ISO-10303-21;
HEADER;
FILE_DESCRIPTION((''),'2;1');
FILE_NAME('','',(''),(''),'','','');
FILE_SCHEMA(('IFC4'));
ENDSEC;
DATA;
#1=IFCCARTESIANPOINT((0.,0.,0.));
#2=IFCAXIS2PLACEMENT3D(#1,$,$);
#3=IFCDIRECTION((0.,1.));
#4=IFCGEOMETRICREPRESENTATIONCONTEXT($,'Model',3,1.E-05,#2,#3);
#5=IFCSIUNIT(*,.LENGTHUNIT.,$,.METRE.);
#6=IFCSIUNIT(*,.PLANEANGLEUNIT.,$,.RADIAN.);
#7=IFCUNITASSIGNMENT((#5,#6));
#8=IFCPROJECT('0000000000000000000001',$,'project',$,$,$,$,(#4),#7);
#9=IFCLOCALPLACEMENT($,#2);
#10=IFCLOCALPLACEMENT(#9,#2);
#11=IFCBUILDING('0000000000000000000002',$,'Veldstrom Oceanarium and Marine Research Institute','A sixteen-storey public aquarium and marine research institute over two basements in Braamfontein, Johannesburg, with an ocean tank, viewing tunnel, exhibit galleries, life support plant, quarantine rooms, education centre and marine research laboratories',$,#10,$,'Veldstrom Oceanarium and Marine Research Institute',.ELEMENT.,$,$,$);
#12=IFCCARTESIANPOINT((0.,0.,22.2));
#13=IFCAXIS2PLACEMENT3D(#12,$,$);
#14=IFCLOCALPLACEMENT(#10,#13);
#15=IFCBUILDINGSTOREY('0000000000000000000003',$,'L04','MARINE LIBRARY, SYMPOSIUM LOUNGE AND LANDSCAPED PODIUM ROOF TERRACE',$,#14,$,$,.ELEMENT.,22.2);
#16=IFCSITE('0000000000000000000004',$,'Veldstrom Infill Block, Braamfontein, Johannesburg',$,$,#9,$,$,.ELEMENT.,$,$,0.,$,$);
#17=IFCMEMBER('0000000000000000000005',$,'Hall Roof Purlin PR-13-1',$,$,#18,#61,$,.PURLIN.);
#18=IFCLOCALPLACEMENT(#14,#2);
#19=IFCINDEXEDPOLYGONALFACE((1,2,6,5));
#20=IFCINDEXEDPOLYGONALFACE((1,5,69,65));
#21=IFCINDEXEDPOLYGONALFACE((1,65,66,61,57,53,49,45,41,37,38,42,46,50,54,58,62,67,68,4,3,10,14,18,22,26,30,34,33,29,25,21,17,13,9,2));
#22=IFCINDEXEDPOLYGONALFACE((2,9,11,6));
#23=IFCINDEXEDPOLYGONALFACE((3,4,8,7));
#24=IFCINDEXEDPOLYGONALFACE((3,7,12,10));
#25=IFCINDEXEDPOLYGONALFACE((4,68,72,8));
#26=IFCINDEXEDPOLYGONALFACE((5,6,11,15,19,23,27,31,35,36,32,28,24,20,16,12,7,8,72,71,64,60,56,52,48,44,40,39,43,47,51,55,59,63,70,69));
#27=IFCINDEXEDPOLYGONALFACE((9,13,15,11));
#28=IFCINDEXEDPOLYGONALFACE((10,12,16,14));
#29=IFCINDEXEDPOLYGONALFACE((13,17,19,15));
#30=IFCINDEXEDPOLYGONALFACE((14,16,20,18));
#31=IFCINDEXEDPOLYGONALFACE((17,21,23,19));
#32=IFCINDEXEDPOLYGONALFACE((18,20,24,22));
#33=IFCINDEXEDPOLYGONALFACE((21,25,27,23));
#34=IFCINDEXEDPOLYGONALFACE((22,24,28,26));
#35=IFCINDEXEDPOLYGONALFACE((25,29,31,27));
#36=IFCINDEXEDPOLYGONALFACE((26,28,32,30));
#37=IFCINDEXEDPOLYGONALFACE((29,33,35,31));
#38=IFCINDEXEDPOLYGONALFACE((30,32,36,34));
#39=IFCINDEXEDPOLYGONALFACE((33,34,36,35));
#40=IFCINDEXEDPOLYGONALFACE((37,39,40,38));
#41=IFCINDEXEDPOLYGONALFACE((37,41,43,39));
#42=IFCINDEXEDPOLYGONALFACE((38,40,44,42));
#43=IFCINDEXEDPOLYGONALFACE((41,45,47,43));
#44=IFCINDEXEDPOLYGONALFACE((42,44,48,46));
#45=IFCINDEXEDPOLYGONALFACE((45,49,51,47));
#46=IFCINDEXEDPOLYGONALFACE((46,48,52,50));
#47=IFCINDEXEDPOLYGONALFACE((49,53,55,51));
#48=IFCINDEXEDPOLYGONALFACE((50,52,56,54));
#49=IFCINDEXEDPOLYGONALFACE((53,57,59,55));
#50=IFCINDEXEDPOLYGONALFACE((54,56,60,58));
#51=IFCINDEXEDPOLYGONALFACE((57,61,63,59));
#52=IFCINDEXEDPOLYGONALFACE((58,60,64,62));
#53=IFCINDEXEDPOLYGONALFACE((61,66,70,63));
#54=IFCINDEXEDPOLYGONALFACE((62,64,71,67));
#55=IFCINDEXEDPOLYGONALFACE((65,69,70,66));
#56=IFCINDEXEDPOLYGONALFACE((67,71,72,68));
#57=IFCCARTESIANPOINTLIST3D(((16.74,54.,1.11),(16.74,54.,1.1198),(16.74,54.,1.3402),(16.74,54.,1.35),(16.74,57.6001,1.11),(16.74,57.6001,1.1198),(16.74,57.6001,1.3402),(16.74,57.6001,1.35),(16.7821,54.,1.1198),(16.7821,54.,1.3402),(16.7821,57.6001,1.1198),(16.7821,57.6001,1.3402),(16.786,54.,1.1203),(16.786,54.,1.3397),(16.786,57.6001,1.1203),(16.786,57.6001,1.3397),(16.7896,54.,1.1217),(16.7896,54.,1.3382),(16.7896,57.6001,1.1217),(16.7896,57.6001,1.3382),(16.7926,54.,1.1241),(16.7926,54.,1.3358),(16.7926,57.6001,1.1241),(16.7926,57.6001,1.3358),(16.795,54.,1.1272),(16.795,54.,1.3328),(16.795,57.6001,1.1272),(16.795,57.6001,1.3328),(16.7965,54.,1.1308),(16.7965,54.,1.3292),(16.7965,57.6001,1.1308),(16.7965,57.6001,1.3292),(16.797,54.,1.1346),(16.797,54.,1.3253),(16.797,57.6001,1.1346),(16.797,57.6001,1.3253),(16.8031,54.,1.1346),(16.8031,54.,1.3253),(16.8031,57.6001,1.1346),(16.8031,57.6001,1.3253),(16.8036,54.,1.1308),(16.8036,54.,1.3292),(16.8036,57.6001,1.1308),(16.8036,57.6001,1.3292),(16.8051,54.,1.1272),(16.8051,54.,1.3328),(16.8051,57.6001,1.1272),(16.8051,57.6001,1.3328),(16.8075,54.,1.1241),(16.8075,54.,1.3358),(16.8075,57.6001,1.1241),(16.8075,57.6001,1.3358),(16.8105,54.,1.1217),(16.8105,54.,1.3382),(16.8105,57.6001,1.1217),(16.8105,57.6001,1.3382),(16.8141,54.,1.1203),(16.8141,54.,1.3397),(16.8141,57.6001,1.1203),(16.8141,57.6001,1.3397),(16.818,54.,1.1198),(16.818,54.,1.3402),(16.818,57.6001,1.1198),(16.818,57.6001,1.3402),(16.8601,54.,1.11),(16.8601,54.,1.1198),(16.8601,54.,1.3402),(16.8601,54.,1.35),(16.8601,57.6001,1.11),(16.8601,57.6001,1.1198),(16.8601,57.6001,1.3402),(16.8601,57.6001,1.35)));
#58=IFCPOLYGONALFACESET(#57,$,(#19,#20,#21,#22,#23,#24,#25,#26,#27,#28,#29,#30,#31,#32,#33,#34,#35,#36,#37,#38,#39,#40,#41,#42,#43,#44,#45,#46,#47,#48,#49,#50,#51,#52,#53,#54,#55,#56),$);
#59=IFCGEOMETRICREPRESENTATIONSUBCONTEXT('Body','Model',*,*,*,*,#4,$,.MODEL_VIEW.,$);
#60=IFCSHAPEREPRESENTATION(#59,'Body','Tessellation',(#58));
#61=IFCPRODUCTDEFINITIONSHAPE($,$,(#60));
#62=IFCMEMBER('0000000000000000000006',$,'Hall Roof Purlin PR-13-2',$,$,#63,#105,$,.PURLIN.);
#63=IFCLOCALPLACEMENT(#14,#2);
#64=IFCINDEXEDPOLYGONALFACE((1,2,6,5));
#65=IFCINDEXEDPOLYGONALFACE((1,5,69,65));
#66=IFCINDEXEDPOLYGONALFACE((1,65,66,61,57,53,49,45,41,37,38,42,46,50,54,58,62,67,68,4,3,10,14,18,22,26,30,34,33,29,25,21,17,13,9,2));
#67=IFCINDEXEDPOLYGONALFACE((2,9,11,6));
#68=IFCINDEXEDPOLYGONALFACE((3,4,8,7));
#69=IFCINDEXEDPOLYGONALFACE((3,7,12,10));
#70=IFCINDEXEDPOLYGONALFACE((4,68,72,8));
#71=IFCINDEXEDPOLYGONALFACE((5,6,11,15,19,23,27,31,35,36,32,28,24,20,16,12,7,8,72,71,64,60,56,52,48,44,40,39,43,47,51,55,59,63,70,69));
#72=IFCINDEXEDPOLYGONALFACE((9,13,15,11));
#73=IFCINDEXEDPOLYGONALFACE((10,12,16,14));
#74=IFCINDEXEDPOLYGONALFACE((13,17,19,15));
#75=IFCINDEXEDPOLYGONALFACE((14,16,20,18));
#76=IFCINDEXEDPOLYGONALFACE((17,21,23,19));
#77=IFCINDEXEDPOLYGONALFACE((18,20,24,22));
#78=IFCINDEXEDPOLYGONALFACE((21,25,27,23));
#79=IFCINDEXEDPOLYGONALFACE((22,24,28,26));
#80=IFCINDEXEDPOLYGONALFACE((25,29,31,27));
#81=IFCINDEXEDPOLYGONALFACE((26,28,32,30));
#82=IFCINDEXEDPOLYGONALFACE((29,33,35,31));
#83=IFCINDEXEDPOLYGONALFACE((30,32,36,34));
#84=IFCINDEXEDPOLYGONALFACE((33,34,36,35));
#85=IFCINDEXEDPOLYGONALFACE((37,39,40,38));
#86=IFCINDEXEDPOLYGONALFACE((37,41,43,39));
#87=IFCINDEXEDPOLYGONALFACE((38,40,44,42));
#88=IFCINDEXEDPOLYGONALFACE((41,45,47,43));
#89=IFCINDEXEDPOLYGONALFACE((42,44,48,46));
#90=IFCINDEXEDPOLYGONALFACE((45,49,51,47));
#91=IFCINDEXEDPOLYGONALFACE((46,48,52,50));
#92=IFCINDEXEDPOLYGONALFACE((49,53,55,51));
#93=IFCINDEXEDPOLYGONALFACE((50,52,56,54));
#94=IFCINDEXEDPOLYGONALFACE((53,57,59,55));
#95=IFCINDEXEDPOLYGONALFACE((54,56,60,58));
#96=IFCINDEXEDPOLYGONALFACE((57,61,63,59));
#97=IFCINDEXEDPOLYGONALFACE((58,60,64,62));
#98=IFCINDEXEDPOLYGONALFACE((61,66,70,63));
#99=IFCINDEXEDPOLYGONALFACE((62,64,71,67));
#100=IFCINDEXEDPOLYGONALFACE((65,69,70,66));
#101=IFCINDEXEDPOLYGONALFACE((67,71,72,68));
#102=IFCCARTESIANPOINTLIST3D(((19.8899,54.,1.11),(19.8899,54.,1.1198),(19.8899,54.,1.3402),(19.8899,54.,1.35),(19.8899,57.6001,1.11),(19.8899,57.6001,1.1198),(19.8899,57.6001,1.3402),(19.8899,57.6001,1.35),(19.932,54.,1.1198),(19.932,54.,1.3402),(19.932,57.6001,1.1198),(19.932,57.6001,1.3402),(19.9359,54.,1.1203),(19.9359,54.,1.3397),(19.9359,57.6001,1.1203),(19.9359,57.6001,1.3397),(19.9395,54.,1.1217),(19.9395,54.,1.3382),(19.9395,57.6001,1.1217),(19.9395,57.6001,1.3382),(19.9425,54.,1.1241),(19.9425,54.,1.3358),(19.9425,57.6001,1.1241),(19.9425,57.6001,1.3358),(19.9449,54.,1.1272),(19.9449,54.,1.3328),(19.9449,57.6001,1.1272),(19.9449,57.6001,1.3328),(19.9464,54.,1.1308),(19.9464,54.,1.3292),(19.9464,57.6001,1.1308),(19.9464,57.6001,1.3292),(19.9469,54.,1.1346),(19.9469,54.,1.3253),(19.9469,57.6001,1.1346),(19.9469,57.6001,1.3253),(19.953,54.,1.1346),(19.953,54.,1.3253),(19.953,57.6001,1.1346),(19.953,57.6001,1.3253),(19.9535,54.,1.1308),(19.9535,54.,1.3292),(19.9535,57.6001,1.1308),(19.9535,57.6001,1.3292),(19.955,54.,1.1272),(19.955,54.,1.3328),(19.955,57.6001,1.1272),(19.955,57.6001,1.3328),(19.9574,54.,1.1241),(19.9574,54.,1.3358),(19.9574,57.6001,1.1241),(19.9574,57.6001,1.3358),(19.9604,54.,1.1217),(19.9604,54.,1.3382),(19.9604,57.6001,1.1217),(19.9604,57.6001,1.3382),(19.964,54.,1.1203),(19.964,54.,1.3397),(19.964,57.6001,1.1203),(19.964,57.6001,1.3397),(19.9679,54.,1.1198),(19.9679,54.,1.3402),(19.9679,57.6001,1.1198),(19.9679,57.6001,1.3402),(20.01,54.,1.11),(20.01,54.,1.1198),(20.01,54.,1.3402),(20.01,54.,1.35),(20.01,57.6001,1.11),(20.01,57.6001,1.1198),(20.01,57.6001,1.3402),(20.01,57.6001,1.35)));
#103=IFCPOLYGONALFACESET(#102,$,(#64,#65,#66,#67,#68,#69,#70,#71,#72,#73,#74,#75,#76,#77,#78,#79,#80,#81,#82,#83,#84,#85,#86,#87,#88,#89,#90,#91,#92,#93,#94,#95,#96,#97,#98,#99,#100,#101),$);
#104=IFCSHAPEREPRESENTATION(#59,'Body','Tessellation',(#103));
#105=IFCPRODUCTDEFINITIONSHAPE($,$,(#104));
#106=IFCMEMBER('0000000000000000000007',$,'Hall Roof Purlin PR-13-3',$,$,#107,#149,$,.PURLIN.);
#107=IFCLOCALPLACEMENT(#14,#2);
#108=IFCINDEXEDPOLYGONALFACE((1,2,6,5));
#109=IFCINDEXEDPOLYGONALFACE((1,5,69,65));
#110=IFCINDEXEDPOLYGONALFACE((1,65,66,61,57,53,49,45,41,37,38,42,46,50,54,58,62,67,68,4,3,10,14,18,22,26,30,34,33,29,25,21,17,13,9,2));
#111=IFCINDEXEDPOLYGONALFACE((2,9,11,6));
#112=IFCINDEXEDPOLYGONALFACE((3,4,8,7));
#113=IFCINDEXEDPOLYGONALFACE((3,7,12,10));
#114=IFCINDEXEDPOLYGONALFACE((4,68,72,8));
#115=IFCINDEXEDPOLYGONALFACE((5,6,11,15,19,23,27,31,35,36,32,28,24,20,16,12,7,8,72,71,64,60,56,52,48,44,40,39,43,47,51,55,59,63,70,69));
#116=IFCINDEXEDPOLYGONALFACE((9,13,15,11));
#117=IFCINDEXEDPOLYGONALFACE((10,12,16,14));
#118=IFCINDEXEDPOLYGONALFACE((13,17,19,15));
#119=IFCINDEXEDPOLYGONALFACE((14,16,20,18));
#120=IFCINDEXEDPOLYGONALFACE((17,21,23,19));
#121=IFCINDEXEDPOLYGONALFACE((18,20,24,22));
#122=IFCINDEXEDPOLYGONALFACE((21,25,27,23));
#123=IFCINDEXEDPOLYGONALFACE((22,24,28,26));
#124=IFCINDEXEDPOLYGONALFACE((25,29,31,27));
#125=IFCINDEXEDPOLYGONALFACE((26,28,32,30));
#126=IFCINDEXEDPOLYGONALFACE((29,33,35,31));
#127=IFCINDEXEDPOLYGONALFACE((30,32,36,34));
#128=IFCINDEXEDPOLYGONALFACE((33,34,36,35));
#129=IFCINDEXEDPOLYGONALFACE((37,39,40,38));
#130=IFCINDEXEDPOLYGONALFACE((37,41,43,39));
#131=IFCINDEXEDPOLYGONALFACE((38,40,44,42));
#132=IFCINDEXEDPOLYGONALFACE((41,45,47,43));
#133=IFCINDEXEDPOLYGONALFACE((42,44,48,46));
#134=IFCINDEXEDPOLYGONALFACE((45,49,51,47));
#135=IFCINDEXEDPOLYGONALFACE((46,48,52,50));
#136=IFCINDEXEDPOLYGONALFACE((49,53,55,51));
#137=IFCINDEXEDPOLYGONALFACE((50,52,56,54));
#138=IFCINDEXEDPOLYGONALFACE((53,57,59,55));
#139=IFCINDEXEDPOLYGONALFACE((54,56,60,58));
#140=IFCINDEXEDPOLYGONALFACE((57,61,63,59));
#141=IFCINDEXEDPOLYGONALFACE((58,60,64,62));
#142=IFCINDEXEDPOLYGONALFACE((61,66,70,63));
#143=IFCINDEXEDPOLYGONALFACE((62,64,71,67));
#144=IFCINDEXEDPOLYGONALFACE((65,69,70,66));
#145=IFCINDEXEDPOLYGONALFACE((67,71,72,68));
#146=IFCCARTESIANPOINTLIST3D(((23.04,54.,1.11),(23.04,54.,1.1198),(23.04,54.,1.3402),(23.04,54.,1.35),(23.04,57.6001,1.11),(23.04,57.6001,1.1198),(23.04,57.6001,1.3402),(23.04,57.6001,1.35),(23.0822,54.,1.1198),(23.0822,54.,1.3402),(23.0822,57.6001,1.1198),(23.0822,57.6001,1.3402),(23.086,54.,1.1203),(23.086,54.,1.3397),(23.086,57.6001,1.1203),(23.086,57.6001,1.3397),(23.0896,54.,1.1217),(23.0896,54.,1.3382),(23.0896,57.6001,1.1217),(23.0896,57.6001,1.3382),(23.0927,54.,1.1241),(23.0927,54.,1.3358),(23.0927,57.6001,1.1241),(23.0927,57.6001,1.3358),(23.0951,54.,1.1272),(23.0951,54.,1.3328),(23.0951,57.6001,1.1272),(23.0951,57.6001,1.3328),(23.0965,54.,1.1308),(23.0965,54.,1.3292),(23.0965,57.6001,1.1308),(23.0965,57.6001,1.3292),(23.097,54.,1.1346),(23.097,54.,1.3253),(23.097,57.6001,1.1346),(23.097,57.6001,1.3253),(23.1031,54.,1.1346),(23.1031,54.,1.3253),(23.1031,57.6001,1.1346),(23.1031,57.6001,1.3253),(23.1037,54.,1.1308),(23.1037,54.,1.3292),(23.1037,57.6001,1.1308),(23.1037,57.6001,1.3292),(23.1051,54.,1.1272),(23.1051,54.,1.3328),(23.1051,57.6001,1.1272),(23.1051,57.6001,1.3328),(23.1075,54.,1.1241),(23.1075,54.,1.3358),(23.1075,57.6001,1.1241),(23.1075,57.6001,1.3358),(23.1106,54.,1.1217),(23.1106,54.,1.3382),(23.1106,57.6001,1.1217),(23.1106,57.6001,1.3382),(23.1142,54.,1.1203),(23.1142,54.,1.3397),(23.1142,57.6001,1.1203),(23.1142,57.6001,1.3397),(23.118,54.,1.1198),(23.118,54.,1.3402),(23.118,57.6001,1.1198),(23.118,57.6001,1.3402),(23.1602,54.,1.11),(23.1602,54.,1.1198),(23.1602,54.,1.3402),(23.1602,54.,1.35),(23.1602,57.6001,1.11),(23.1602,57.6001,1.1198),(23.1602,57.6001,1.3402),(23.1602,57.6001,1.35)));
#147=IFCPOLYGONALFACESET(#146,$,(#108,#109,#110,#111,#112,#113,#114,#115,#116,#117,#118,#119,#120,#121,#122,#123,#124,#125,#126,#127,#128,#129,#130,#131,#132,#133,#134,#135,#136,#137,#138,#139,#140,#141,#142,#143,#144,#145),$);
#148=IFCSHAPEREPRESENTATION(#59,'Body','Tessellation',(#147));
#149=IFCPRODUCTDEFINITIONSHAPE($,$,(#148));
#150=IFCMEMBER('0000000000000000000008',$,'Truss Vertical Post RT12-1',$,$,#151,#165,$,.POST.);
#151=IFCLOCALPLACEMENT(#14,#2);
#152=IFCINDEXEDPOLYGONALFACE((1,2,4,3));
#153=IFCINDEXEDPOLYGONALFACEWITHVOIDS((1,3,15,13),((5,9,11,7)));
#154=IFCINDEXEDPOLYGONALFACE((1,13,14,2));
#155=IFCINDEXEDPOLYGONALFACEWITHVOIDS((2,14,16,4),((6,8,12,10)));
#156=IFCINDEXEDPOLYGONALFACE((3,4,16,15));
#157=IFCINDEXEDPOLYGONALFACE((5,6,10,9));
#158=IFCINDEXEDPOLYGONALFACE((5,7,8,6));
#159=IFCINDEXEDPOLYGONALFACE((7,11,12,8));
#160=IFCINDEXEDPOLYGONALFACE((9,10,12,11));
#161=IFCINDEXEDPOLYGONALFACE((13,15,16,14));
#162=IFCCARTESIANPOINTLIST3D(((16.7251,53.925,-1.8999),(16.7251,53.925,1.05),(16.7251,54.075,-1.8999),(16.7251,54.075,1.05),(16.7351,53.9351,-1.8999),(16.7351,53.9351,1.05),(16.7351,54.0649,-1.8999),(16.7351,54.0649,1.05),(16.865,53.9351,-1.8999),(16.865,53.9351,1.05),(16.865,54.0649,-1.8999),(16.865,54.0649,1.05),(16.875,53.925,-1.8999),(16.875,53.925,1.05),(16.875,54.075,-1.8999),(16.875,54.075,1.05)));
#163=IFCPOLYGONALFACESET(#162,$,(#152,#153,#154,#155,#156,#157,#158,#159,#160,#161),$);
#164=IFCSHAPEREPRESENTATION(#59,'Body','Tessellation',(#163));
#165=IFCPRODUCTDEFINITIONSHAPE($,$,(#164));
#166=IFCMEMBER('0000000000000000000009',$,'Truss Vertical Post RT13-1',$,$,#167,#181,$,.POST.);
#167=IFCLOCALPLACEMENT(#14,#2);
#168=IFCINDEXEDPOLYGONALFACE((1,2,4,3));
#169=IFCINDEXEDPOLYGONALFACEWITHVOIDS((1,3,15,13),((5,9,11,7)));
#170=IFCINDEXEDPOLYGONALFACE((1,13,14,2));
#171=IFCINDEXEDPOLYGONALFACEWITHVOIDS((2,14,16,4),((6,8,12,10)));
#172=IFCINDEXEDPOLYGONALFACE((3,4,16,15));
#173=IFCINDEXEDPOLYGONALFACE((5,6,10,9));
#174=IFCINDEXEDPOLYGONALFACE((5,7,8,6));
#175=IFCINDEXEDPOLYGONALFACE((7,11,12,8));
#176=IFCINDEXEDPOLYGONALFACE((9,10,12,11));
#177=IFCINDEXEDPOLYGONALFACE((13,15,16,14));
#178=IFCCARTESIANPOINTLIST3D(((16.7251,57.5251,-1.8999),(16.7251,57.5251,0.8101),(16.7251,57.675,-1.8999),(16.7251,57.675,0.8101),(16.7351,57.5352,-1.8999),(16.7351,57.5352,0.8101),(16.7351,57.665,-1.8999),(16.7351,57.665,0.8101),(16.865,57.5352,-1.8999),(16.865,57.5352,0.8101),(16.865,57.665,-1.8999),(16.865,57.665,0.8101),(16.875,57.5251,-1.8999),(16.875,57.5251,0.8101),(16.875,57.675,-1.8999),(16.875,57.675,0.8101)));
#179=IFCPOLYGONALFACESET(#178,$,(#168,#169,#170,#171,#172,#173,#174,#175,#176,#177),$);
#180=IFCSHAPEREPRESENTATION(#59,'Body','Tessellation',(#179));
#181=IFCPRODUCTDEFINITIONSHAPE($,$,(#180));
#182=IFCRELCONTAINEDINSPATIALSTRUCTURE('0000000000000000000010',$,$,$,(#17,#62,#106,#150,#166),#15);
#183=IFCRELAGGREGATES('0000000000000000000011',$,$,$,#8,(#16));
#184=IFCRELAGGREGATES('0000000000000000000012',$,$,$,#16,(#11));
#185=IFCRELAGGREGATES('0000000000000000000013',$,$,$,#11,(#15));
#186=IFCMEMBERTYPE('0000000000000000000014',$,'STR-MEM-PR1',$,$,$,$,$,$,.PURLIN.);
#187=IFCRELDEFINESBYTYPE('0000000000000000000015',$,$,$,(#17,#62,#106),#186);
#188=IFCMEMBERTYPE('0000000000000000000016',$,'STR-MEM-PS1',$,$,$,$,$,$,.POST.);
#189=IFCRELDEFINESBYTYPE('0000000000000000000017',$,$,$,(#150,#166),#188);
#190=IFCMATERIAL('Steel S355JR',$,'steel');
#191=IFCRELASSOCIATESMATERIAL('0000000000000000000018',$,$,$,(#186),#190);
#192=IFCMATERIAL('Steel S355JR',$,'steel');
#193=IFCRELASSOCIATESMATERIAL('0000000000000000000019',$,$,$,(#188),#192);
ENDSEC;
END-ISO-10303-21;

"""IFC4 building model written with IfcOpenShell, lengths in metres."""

from ifc_helpers import new_model, si_unit, direction, frame, origin, origin_2d, place, context, subcontext, project, spatial, hollow_rectangle, i_section, extrude, material, material_profile, profile_set, type_object, element, save


model = new_model("IFC4")

# Units and contexts
model_context = context("Model", 3, precision=1e-05, world=origin(), true_north=direction((0.0, 1.0)))
body_context = subcontext(model_context, "Body", "Model", "MODEL_VIEW")
ifc_project = project(units=[si_unit("LENGTHUNIT", "METRE"), si_unit("PLANEANGLEUNIT", "RADIAN")], contexts=[model_context])

# Site, building, storey
site_placement = place(None, origin())
site = spatial("IfcSite", under=ifc_project, at=site_placement, Name="Veldstrom Infill Block, Braamfontein, Johannesburg", CompositionType="ELEMENT", RefElevation=0.0)
building_placement = place(site_placement, origin())
building = spatial("IfcBuilding", under=site, at=building_placement, Name="Veldstrom Oceanarium and Marine Research Institute", Description="A sixteen-storey public aquarium and marine research institute over two basements in Braamfontein, Johannesburg, with an ocean tank, viewing tunnel, exhibit galleries, life support plant, quarantine rooms, education centre and marine research laboratories", LongName="Veldstrom Oceanarium and Marine Research Institute", CompositionType="ELEMENT")
storey_placement = place(building_placement, frame((0.0, 0.0, 22.2)))
storey = spatial("IfcBuildingStorey", under=building, at=storey_placement, Name="L04", Description="MARINE LIBRARY, SYMPOSIUM LOUNGE AND LANDSCAPED PODIUM ROOF TERRACE", CompositionType="ELEMENT", Elevation=22.2)

# Members
ifc_material_1 = material(Name="Steel S355JR", Category="steel")
ifc_material_profile_1 = material_profile(ifc_material_1, i_section(OverallWidth=0.1201, OverallDepth=0.24, WebThickness=0.0061, FlangeThickness=0.0098, FilletRadius=0.0149, at=origin_2d()), Name="IPE 240")
ifc_profile_set_1 = profile_set([ifc_material_profile_1], Name="Steel S355JR")
member_type_1 = type_object("IfcMemberType", Name="STR-MEM-PR1", PredefinedType="PURLIN", material=ifc_profile_set_1)
for number, where, z_axis, x_axis, name in (
    (1, (16.8, 54.0, 1.23), (0.0, 1.0, 0.0), (-1.0, 0.0, 0.0), "Hall Roof Purlin PR-13-1"),
    (2, (19.95, 54.0, 1.23), (0.0, 1.0, 0.0), (-1.0, 0.0, 0.0), "Hall Roof Purlin PR-13-2"),
    (3, (23.1001, 54.0, 1.23), (0.0, 1.0, 0.0), (-1.0, 0.0, 0.0), "Hall Roof Purlin PR-13-3"),
):
    element("IfcMember", number, at=place(storey_placement, frame(where, z_axis=z_axis, x_axis=x_axis)), inside=storey, type_object=member_type_1, Name=name, PredefinedType="PURLIN", context=body_context, shape_type="SweptSolid", body=[
        extrude(i_section(OverallWidth=0.1201, OverallDepth=0.24, WebThickness=0.0061, FlangeThickness=0.0098, FilletRadius=0.0149, at=origin_2d()), origin(), (0.0, 0.0, 1.0), 3.6001),
    ])
ifc_material_2 = material(Name="Steel S355JR", Category="steel")
ifc_material_profile_2 = material_profile(ifc_material_2, hollow_rectangle(XDim=0.1499, YDim=0.1499, WallThickness=0.01, at=origin_2d()), Name="SHS 150x150x10")
ifc_profile_set_2 = profile_set([ifc_material_profile_2], Name="Steel S355JR")
member_type_2 = type_object("IfcMemberType", Name="STR-MEM-PS1", PredefinedType="POST", material=ifc_profile_set_2)
member_1_placement = place(storey_placement, frame((16.8, 54.0, -1.8999), z_axis=(0.0, 0.0, 1.0), x_axis=(1.0, 0.0, 0.0)))
element("IfcMember", 4, at=member_1_placement, inside=storey, type_object=member_type_2, Name="Truss Vertical Post RT12-1", PredefinedType="POST", context=body_context, shape_type="SweptSolid", body=[
    extrude(hollow_rectangle(XDim=0.1499, YDim=0.1499, WallThickness=0.01, at=origin_2d()), origin(), (0.0, 0.0, 1.0), 2.95),
])
member_2_placement = place(storey_placement, frame((16.8, 57.6001, -1.8999), z_axis=(0.0, 0.0, 1.0), x_axis=(1.0, 0.0, 0.0)))
element("IfcMember", 5, at=member_2_placement, inside=storey, type_object=member_type_2, Name="Truss Vertical Post RT13-1", PredefinedType="POST", context=body_context, shape_type="SweptSolid", body=[
    extrude(hollow_rectangle(XDim=0.1499, YDim=0.1499, WallThickness=0.01, at=origin_2d()), origin(), (0.0, 0.0, 1.0), 2.71),
])

save(model, "model.ifc")
